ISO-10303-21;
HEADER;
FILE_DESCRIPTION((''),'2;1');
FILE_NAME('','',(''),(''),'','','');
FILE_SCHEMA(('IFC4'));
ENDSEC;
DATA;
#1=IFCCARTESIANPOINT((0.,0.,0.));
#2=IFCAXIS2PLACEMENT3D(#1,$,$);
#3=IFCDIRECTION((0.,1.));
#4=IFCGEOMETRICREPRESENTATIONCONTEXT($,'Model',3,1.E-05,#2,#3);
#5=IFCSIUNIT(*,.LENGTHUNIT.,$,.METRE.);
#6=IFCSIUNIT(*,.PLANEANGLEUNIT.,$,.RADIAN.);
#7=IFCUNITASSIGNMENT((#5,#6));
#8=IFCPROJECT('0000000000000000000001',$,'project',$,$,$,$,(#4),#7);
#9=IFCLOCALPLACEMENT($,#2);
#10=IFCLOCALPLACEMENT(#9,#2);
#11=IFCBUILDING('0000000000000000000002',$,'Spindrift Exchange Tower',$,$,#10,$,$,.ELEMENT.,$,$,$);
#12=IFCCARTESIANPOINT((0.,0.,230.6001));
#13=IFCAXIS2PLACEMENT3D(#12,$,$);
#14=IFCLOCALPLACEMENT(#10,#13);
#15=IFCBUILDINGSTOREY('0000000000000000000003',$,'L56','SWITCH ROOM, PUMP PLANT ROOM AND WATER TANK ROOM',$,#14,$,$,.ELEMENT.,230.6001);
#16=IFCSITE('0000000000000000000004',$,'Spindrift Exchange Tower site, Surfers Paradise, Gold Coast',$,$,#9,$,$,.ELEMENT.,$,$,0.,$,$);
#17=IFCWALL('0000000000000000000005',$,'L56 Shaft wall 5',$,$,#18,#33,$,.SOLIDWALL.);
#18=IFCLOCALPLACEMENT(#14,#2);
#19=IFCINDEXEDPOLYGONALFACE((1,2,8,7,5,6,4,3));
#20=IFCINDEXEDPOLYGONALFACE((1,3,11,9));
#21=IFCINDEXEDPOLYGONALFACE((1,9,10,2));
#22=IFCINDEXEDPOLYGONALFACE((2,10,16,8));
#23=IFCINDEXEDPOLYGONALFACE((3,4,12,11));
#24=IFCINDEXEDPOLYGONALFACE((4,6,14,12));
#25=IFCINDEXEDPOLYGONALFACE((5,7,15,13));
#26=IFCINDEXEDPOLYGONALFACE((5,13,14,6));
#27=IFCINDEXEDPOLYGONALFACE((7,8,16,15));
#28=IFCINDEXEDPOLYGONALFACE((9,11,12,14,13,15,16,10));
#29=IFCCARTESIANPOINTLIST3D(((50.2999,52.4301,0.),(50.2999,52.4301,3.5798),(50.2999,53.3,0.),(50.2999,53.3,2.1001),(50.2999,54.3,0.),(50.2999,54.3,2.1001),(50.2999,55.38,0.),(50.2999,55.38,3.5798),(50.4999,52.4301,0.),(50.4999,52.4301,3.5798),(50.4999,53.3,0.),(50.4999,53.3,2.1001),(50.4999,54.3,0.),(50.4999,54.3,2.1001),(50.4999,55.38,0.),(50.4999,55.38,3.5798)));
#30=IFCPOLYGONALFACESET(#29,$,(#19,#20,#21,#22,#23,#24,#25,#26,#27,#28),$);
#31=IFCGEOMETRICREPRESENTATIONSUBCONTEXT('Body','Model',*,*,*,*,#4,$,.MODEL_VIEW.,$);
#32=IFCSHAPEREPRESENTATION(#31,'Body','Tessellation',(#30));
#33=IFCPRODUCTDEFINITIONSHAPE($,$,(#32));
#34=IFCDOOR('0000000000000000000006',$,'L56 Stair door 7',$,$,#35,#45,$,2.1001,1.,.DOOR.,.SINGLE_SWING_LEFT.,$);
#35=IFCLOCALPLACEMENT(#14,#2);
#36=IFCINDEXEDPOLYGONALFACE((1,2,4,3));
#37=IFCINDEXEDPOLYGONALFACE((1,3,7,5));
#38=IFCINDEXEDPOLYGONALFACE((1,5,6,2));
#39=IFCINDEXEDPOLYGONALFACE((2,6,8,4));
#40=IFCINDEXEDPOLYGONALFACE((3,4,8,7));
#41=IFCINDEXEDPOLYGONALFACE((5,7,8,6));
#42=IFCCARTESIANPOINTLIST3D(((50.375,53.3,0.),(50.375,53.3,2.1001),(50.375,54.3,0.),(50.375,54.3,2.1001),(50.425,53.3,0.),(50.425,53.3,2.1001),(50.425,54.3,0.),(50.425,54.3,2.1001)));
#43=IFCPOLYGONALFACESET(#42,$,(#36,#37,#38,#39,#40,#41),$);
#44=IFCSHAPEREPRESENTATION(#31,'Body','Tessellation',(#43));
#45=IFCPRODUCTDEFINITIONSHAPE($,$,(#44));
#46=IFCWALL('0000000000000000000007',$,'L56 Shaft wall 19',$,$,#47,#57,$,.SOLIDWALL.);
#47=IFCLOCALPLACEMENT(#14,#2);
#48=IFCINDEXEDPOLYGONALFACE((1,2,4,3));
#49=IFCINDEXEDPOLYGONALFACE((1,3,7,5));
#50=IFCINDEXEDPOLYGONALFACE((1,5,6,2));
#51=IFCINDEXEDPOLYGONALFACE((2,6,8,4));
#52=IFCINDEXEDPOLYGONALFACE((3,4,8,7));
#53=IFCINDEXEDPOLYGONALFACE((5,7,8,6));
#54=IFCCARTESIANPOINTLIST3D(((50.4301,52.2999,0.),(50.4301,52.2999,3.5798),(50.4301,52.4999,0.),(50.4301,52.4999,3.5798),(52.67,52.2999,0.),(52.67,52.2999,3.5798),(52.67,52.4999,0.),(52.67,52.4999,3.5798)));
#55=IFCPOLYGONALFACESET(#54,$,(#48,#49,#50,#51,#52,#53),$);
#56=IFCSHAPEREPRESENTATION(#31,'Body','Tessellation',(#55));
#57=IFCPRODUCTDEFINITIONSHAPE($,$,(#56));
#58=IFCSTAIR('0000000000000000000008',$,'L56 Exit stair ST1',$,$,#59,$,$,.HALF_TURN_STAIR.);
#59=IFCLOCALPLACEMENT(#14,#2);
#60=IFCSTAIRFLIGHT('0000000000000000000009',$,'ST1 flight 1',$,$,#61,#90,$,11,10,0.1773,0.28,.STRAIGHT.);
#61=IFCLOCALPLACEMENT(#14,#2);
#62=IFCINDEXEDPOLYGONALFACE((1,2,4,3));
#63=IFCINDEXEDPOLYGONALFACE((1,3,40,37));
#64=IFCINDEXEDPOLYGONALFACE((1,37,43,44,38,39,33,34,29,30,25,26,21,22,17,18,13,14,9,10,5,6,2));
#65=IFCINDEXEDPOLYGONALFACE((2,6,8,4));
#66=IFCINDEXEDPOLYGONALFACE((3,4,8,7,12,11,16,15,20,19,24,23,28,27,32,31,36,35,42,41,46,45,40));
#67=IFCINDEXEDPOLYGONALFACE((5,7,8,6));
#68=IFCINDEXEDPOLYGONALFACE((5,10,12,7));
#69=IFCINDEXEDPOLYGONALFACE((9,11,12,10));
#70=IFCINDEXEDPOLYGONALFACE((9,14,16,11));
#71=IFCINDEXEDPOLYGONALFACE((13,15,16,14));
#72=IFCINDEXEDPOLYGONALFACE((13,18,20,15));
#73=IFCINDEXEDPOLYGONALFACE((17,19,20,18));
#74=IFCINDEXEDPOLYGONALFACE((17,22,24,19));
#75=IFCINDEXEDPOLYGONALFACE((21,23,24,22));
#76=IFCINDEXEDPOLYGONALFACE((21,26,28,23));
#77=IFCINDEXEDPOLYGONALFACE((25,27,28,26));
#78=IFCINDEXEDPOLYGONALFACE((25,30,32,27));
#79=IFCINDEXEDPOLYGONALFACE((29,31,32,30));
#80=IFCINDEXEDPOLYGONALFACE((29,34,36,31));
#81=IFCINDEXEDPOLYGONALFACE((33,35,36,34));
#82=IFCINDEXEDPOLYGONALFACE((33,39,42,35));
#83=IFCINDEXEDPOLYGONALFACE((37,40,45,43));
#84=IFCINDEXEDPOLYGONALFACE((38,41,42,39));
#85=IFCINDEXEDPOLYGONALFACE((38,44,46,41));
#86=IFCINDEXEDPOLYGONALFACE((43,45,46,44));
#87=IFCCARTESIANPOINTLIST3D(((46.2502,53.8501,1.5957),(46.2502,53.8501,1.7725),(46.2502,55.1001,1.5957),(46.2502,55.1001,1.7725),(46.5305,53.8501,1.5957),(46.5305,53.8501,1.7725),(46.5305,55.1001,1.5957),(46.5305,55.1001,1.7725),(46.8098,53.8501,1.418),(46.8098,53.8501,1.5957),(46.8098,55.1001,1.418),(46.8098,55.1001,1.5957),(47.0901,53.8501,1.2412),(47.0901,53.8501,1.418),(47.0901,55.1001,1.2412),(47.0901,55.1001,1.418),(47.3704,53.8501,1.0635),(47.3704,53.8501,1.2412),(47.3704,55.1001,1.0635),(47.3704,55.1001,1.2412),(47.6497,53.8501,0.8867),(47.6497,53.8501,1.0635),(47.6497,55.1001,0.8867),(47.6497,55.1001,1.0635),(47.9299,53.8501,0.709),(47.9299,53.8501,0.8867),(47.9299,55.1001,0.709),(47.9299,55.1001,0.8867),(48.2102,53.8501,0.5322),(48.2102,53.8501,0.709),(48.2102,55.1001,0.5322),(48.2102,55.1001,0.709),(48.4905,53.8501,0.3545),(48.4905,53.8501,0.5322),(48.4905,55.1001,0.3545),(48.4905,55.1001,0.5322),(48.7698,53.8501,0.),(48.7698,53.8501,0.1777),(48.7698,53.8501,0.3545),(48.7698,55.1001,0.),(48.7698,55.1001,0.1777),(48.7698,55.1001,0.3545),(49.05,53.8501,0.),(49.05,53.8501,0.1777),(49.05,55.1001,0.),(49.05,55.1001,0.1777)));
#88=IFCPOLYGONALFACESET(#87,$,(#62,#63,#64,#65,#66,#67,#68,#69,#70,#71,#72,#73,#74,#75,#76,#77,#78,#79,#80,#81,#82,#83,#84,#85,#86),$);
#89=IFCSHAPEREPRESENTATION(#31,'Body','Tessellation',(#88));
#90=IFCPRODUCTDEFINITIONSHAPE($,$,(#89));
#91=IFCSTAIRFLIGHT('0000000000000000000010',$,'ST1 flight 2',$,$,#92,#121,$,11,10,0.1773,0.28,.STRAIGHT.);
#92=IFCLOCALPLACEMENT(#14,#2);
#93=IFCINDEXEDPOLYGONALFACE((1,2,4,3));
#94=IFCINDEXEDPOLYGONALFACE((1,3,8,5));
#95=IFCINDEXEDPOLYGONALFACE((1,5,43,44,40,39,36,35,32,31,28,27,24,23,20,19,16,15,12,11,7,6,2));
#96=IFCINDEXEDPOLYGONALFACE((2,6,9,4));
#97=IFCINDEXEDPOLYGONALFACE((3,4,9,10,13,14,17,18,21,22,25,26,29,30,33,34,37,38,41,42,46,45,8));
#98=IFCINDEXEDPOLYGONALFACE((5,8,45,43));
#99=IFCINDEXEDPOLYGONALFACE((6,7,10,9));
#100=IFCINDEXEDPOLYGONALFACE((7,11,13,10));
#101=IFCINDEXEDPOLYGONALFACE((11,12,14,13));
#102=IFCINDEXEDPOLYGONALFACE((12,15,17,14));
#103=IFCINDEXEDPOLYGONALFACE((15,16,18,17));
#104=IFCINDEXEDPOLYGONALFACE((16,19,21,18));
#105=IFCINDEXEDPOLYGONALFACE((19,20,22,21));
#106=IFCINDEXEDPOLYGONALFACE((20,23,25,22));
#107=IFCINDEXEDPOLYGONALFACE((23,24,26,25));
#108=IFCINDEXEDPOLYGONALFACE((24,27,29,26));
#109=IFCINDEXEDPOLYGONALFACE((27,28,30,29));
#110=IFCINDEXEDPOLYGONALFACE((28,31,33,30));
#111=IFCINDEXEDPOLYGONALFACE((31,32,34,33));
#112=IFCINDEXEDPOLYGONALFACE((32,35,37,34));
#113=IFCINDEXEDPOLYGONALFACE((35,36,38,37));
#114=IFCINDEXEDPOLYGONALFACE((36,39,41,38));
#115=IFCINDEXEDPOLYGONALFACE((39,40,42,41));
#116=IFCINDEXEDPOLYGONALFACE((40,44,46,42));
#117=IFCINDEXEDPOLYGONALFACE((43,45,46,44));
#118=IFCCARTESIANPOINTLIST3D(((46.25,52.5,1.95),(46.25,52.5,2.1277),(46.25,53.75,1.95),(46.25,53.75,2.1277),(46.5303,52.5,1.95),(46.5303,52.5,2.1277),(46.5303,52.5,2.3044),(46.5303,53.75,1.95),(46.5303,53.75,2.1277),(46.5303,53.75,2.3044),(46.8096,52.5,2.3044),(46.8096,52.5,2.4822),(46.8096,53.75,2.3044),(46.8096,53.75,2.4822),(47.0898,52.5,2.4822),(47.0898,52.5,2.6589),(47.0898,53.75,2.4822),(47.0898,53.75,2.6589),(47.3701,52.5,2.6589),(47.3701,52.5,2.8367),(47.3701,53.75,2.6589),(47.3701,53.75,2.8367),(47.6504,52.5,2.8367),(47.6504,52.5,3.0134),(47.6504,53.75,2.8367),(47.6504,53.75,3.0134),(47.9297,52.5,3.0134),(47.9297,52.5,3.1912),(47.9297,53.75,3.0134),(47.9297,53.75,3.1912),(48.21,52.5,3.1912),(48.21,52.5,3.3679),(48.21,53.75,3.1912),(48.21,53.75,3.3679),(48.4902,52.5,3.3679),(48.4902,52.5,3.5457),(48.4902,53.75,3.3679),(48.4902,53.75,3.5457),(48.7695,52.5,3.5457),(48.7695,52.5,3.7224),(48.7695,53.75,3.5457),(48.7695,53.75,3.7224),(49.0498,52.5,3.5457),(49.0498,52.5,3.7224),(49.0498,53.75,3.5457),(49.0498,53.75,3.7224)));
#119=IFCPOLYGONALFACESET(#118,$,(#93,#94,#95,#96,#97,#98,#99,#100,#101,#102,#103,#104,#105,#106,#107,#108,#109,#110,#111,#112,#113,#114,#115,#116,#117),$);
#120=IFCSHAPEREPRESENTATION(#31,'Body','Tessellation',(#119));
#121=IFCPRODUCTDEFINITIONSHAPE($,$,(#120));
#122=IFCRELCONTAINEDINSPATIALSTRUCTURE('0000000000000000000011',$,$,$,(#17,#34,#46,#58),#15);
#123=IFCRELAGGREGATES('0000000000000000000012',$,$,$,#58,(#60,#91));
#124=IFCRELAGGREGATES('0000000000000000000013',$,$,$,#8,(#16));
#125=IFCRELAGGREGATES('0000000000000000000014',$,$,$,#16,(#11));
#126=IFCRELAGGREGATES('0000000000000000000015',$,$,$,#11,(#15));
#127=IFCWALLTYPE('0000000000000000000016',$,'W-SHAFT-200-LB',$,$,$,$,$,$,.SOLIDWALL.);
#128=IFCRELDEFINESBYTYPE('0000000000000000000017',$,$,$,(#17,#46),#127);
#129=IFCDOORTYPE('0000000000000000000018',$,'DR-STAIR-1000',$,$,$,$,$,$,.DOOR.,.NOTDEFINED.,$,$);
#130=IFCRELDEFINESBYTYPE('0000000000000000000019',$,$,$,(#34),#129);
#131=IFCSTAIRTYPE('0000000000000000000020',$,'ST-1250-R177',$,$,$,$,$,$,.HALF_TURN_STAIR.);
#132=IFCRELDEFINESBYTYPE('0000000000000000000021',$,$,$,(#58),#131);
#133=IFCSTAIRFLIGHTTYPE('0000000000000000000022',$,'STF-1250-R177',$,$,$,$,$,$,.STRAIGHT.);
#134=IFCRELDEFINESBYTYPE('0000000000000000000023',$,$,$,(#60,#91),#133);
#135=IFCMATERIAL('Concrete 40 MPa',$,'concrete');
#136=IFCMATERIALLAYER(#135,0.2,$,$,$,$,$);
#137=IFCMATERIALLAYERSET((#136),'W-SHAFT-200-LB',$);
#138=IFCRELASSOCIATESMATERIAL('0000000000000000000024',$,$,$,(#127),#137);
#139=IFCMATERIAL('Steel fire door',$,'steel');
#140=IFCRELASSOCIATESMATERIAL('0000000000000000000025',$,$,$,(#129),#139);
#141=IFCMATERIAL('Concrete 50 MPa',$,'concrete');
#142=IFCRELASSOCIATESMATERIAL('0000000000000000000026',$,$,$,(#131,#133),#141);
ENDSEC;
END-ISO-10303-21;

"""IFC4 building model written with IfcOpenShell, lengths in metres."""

from ifc_helpers import new_model, si_unit, direction, frame, frame_2d, origin, place, context, subcontext, project, spatial, line, indexed_curve, rectangle, outline, extrude, source, transform, mapped, material, layer, layer_set, type_object, element, fill, aggregate, save


model = new_model("IFC4")

# Units and contexts
model_context = context("Model", 3, precision=1e-05, world=origin(), true_north=direction((0.0, 1.0)))
body_context = subcontext(model_context, "Body", "Model", "MODEL_VIEW")
ifc_project = project(units=[si_unit("LENGTHUNIT", "METRE"), si_unit("PLANEANGLEUNIT", "RADIAN")], contexts=[model_context])

# Site, building, storey
site_placement = place(None, origin())
site = spatial("IfcSite", under=ifc_project, at=site_placement, Name="Spindrift Exchange Tower site, Surfers Paradise, Gold Coast", CompositionType="ELEMENT", RefElevation=0.0)
building_placement = place(site_placement, origin())
building = spatial("IfcBuilding", under=site, at=building_placement, Name="Spindrift Exchange Tower", CompositionType="ELEMENT")
storey_placement = place(building_placement, frame((0.0, 0.0, 230.6001)))
storey = spatial("IfcBuildingStorey", under=building, at=storey_placement, Name="L56", Description="SWITCH ROOM, PUMP PLANT ROOM AND WATER TANK ROOM", CompositionType="ELEMENT", Elevation=230.6001)

# Shared definitions
ifc_material_1 = material(Name="Concrete 50 MPa", Category="concrete")

# Shared definitions
ifc_material_2 = material(Name="Concrete 40 MPa", Category="concrete")
ifc_layer_1 = layer(ifc_material_2, 0.2)
ifc_layer_set_1 = layer_set([ifc_layer_1], Name="W-SHAFT-200-LB")
wall_type_1 = type_object("IfcWallType", Name="W-SHAFT-200-LB", PredefinedType="SOLIDWALL", material=ifc_layer_set_1)

# Wall, opening, door
wall_1_placement = place(storey_placement, frame((50.3999, 52.4299, 0.0), z_axis=(0.0, 0.0, 1.0), x_axis=(0.0, 1.0, 0.0)))
wall_1 = element("IfcWall", 1, at=wall_1_placement, inside=storey, type_object=wall_type_1, Name="L56 Shaft wall 5", PredefinedType="SOLIDWALL", context=body_context, shape_type="SweptSolid", body=[
    extrude(rectangle(XDim=2.95, YDim=0.2, at=frame_2d((1.4751, 0.0))), origin(), (0.0, 0.0, 1.0), 3.5798),
])
opening_1_placement = place(wall_1_placement, frame((0.8701, 0.0, 0.0)))
opening_1 = element("IfcOpeningElement", 2, at=opening_1_placement, cuts=wall_1, PredefinedType="OPENING", context=body_context, shape_type="SweptSolid", body=[
    extrude(rectangle(XDim=1.0, YDim=2.1001, at=frame_2d((0.5, 1.05))), frame((0.0, 0.1099, 0.0), z_axis=(0.0, -1.0, 0.0), x_axis=(1.0, 0.0, 0.0)), (0.0, 0.0, 1.0), 0.22),
])
ifc_material_3 = material(Name="Steel fire door", Category="steel")
door_type_1 = type_object("IfcDoorType", Name="DR-STAIR-1000", OperationType="NOTDEFINED", PredefinedType="DOOR", material=ifc_material_3)
shared_shape_1 = source(origin(), body_context, "Body", "SweptSolid", [
    extrude(rectangle(XDim=1.0, YDim=2.1001, at=frame_2d((0.5, 1.05))), frame((0.0, 0.0249, 0.0), z_axis=(0.0, -1.0, 0.0), x_axis=(1.0, 0.0, 0.0)), (0.0, 0.0, 1.0), 0.05),
])
door_1_placement = place(opening_1_placement, origin())
door_1 = element("IfcDoor", 3, at=door_1_placement, inside=storey, type_object=door_type_1, Name="L56 Stair door 7", OperationType="SINGLE_SWING_LEFT", OverallHeight=2.1001, OverallWidth=1.0, PredefinedType="DOOR", context=body_context, shape_type="MappedRepresentation", body=[
    mapped(shared_shape_1, transform((0.0, 0.0, 0.0), scale=1.0)),
])
fill(opening_1, door_1)

# Wall
wall_2_placement = place(storey_placement, frame((50.4299, 52.3999, 0.0), z_axis=(0.0, 0.0, 1.0), x_axis=(1.0, 0.0, 0.0)))
element("IfcWall", 4, at=wall_2_placement, inside=storey, type_object=wall_type_1, Name="L56 Shaft wall 19", PredefinedType="SOLIDWALL", context=body_context, shape_type="SweptSolid", body=[
    extrude(rectangle(XDim=2.24, YDim=0.2, at=frame_2d((1.1201, 0.0))), origin(), (0.0, 0.0, 1.0), 3.5798),
])

# Stair, stair flights
stair_type = type_object("IfcStairType", Name="ST-1250-R177", PredefinedType="HALF_TURN_STAIR", material=ifc_material_1)
stair_placement = place(storey_placement, origin())
stair = element("IfcStair", 5, at=stair_placement, inside=storey, type_object=stair_type, Name="L56 Exit stair ST1", PredefinedType="HALF_TURN_STAIR")
stair_flight_type = type_object("IfcStairFlightType", Name="STF-1250-R177", PredefinedType="STRAIGHT", material=ifc_material_1)
stair_flight_1_placement = place(storey_placement, frame((49.05, 54.4751, 0.0), z_axis=(0.0, 0.0, 1.0), x_axis=(-1.0, 0.0, 0.0)))
stair_flight_1 = element("IfcStairFlight", 6, at=stair_flight_1_placement, type_object=stair_flight_type, Name="ST1 flight 1", NumberOfRisers=11, NumberOfTreads=10, PredefinedType="STRAIGHT", RiserHeight=0.1773, TreadLength=0.28, context=body_context, shape_type="SweptSolid", body=[
    extrude(outline(indexed_curve([(0.0, 0.0), (0.0, 0.1777), (0.2803, 0.1777), (0.2803, 0.3545), (0.5596, 0.3545), (0.5596, 0.5322), (0.8398, 0.5322), (0.8398, 0.709), (1.1201, 0.709), (1.1201, 0.8867), (1.4004, 0.8867), (1.4004, 1.0635), (1.6797, 1.0635), (1.6797, 1.2412), (1.96, 1.2412), (1.96, 1.418), (2.2402, 1.418), (2.2402, 1.5957), (2.5195, 1.5957), (2.5195, 1.7725), (2.7998, 1.7725), (2.7998, 1.9502), (2.7998, 1.5957), (0.2803, 0.0)], segments=[line(1, 2, 3, 4, 5, 6, 7, 8, 9, 10, 11, 12, 13, 14, 15, 16, 17, 18, 19, 20, 21, 22, 23, 24, 1)], self_intersect=False)), frame((0.0, 0.625, 0.0), z_axis=(0.0, -1.0, 0.0), x_axis=(1.0, 0.0, 0.0)), (0.0, 0.0, 1.0), 1.25),
])
stair_flight_2_placement = place(storey_placement, frame((46.25, 53.125, 1.95), z_axis=(0.0, 0.0, 1.0), x_axis=(1.0, 0.0, 0.0)))
stair_flight_2 = element("IfcStairFlight", 7, at=stair_flight_2_placement, type_object=stair_flight_type, Name="ST1 flight 2", NumberOfRisers=11, NumberOfTreads=10, PredefinedType="STRAIGHT", RiserHeight=0.1773, TreadLength=0.28, context=body_context, shape_type="SweptSolid", body=[
    extrude(outline(indexed_curve([(0.0, 0.0), (0.0, 0.1777), (0.2803, 0.1777), (0.2803, 0.3545), (0.5596, 0.3545), (0.5596, 0.5322), (0.8398, 0.5322), (0.8398, 0.709), (1.1201, 0.709), (1.1201, 0.8867), (1.4004, 0.8867), (1.4004, 1.0635), (1.6797, 1.0635), (1.6797, 1.2412), (1.96, 1.2412), (1.96, 1.418), (2.2402, 1.418), (2.2402, 1.5957), (2.5195, 1.5957), (2.5195, 1.7725), (2.7998, 1.7725), (2.7998, 1.9502), (2.7998, 1.5957), (0.2803, 0.0)], segments=[line(1, 2, 3, 4, 5, 6, 7, 8, 9, 10, 11, 12, 13, 14, 15, 16, 17, 18, 19, 20, 21, 22, 23, 24, 1)], self_intersect=False)), frame((0.0, 0.625, 0.0), z_axis=(0.0, -1.0, 0.0), x_axis=(1.0, 0.0, 0.0)), (0.0, 0.0, 1.0), 1.25),
])
aggregate(stair, [stair_flight_1, stair_flight_2])

save(model, "model.ifc")
